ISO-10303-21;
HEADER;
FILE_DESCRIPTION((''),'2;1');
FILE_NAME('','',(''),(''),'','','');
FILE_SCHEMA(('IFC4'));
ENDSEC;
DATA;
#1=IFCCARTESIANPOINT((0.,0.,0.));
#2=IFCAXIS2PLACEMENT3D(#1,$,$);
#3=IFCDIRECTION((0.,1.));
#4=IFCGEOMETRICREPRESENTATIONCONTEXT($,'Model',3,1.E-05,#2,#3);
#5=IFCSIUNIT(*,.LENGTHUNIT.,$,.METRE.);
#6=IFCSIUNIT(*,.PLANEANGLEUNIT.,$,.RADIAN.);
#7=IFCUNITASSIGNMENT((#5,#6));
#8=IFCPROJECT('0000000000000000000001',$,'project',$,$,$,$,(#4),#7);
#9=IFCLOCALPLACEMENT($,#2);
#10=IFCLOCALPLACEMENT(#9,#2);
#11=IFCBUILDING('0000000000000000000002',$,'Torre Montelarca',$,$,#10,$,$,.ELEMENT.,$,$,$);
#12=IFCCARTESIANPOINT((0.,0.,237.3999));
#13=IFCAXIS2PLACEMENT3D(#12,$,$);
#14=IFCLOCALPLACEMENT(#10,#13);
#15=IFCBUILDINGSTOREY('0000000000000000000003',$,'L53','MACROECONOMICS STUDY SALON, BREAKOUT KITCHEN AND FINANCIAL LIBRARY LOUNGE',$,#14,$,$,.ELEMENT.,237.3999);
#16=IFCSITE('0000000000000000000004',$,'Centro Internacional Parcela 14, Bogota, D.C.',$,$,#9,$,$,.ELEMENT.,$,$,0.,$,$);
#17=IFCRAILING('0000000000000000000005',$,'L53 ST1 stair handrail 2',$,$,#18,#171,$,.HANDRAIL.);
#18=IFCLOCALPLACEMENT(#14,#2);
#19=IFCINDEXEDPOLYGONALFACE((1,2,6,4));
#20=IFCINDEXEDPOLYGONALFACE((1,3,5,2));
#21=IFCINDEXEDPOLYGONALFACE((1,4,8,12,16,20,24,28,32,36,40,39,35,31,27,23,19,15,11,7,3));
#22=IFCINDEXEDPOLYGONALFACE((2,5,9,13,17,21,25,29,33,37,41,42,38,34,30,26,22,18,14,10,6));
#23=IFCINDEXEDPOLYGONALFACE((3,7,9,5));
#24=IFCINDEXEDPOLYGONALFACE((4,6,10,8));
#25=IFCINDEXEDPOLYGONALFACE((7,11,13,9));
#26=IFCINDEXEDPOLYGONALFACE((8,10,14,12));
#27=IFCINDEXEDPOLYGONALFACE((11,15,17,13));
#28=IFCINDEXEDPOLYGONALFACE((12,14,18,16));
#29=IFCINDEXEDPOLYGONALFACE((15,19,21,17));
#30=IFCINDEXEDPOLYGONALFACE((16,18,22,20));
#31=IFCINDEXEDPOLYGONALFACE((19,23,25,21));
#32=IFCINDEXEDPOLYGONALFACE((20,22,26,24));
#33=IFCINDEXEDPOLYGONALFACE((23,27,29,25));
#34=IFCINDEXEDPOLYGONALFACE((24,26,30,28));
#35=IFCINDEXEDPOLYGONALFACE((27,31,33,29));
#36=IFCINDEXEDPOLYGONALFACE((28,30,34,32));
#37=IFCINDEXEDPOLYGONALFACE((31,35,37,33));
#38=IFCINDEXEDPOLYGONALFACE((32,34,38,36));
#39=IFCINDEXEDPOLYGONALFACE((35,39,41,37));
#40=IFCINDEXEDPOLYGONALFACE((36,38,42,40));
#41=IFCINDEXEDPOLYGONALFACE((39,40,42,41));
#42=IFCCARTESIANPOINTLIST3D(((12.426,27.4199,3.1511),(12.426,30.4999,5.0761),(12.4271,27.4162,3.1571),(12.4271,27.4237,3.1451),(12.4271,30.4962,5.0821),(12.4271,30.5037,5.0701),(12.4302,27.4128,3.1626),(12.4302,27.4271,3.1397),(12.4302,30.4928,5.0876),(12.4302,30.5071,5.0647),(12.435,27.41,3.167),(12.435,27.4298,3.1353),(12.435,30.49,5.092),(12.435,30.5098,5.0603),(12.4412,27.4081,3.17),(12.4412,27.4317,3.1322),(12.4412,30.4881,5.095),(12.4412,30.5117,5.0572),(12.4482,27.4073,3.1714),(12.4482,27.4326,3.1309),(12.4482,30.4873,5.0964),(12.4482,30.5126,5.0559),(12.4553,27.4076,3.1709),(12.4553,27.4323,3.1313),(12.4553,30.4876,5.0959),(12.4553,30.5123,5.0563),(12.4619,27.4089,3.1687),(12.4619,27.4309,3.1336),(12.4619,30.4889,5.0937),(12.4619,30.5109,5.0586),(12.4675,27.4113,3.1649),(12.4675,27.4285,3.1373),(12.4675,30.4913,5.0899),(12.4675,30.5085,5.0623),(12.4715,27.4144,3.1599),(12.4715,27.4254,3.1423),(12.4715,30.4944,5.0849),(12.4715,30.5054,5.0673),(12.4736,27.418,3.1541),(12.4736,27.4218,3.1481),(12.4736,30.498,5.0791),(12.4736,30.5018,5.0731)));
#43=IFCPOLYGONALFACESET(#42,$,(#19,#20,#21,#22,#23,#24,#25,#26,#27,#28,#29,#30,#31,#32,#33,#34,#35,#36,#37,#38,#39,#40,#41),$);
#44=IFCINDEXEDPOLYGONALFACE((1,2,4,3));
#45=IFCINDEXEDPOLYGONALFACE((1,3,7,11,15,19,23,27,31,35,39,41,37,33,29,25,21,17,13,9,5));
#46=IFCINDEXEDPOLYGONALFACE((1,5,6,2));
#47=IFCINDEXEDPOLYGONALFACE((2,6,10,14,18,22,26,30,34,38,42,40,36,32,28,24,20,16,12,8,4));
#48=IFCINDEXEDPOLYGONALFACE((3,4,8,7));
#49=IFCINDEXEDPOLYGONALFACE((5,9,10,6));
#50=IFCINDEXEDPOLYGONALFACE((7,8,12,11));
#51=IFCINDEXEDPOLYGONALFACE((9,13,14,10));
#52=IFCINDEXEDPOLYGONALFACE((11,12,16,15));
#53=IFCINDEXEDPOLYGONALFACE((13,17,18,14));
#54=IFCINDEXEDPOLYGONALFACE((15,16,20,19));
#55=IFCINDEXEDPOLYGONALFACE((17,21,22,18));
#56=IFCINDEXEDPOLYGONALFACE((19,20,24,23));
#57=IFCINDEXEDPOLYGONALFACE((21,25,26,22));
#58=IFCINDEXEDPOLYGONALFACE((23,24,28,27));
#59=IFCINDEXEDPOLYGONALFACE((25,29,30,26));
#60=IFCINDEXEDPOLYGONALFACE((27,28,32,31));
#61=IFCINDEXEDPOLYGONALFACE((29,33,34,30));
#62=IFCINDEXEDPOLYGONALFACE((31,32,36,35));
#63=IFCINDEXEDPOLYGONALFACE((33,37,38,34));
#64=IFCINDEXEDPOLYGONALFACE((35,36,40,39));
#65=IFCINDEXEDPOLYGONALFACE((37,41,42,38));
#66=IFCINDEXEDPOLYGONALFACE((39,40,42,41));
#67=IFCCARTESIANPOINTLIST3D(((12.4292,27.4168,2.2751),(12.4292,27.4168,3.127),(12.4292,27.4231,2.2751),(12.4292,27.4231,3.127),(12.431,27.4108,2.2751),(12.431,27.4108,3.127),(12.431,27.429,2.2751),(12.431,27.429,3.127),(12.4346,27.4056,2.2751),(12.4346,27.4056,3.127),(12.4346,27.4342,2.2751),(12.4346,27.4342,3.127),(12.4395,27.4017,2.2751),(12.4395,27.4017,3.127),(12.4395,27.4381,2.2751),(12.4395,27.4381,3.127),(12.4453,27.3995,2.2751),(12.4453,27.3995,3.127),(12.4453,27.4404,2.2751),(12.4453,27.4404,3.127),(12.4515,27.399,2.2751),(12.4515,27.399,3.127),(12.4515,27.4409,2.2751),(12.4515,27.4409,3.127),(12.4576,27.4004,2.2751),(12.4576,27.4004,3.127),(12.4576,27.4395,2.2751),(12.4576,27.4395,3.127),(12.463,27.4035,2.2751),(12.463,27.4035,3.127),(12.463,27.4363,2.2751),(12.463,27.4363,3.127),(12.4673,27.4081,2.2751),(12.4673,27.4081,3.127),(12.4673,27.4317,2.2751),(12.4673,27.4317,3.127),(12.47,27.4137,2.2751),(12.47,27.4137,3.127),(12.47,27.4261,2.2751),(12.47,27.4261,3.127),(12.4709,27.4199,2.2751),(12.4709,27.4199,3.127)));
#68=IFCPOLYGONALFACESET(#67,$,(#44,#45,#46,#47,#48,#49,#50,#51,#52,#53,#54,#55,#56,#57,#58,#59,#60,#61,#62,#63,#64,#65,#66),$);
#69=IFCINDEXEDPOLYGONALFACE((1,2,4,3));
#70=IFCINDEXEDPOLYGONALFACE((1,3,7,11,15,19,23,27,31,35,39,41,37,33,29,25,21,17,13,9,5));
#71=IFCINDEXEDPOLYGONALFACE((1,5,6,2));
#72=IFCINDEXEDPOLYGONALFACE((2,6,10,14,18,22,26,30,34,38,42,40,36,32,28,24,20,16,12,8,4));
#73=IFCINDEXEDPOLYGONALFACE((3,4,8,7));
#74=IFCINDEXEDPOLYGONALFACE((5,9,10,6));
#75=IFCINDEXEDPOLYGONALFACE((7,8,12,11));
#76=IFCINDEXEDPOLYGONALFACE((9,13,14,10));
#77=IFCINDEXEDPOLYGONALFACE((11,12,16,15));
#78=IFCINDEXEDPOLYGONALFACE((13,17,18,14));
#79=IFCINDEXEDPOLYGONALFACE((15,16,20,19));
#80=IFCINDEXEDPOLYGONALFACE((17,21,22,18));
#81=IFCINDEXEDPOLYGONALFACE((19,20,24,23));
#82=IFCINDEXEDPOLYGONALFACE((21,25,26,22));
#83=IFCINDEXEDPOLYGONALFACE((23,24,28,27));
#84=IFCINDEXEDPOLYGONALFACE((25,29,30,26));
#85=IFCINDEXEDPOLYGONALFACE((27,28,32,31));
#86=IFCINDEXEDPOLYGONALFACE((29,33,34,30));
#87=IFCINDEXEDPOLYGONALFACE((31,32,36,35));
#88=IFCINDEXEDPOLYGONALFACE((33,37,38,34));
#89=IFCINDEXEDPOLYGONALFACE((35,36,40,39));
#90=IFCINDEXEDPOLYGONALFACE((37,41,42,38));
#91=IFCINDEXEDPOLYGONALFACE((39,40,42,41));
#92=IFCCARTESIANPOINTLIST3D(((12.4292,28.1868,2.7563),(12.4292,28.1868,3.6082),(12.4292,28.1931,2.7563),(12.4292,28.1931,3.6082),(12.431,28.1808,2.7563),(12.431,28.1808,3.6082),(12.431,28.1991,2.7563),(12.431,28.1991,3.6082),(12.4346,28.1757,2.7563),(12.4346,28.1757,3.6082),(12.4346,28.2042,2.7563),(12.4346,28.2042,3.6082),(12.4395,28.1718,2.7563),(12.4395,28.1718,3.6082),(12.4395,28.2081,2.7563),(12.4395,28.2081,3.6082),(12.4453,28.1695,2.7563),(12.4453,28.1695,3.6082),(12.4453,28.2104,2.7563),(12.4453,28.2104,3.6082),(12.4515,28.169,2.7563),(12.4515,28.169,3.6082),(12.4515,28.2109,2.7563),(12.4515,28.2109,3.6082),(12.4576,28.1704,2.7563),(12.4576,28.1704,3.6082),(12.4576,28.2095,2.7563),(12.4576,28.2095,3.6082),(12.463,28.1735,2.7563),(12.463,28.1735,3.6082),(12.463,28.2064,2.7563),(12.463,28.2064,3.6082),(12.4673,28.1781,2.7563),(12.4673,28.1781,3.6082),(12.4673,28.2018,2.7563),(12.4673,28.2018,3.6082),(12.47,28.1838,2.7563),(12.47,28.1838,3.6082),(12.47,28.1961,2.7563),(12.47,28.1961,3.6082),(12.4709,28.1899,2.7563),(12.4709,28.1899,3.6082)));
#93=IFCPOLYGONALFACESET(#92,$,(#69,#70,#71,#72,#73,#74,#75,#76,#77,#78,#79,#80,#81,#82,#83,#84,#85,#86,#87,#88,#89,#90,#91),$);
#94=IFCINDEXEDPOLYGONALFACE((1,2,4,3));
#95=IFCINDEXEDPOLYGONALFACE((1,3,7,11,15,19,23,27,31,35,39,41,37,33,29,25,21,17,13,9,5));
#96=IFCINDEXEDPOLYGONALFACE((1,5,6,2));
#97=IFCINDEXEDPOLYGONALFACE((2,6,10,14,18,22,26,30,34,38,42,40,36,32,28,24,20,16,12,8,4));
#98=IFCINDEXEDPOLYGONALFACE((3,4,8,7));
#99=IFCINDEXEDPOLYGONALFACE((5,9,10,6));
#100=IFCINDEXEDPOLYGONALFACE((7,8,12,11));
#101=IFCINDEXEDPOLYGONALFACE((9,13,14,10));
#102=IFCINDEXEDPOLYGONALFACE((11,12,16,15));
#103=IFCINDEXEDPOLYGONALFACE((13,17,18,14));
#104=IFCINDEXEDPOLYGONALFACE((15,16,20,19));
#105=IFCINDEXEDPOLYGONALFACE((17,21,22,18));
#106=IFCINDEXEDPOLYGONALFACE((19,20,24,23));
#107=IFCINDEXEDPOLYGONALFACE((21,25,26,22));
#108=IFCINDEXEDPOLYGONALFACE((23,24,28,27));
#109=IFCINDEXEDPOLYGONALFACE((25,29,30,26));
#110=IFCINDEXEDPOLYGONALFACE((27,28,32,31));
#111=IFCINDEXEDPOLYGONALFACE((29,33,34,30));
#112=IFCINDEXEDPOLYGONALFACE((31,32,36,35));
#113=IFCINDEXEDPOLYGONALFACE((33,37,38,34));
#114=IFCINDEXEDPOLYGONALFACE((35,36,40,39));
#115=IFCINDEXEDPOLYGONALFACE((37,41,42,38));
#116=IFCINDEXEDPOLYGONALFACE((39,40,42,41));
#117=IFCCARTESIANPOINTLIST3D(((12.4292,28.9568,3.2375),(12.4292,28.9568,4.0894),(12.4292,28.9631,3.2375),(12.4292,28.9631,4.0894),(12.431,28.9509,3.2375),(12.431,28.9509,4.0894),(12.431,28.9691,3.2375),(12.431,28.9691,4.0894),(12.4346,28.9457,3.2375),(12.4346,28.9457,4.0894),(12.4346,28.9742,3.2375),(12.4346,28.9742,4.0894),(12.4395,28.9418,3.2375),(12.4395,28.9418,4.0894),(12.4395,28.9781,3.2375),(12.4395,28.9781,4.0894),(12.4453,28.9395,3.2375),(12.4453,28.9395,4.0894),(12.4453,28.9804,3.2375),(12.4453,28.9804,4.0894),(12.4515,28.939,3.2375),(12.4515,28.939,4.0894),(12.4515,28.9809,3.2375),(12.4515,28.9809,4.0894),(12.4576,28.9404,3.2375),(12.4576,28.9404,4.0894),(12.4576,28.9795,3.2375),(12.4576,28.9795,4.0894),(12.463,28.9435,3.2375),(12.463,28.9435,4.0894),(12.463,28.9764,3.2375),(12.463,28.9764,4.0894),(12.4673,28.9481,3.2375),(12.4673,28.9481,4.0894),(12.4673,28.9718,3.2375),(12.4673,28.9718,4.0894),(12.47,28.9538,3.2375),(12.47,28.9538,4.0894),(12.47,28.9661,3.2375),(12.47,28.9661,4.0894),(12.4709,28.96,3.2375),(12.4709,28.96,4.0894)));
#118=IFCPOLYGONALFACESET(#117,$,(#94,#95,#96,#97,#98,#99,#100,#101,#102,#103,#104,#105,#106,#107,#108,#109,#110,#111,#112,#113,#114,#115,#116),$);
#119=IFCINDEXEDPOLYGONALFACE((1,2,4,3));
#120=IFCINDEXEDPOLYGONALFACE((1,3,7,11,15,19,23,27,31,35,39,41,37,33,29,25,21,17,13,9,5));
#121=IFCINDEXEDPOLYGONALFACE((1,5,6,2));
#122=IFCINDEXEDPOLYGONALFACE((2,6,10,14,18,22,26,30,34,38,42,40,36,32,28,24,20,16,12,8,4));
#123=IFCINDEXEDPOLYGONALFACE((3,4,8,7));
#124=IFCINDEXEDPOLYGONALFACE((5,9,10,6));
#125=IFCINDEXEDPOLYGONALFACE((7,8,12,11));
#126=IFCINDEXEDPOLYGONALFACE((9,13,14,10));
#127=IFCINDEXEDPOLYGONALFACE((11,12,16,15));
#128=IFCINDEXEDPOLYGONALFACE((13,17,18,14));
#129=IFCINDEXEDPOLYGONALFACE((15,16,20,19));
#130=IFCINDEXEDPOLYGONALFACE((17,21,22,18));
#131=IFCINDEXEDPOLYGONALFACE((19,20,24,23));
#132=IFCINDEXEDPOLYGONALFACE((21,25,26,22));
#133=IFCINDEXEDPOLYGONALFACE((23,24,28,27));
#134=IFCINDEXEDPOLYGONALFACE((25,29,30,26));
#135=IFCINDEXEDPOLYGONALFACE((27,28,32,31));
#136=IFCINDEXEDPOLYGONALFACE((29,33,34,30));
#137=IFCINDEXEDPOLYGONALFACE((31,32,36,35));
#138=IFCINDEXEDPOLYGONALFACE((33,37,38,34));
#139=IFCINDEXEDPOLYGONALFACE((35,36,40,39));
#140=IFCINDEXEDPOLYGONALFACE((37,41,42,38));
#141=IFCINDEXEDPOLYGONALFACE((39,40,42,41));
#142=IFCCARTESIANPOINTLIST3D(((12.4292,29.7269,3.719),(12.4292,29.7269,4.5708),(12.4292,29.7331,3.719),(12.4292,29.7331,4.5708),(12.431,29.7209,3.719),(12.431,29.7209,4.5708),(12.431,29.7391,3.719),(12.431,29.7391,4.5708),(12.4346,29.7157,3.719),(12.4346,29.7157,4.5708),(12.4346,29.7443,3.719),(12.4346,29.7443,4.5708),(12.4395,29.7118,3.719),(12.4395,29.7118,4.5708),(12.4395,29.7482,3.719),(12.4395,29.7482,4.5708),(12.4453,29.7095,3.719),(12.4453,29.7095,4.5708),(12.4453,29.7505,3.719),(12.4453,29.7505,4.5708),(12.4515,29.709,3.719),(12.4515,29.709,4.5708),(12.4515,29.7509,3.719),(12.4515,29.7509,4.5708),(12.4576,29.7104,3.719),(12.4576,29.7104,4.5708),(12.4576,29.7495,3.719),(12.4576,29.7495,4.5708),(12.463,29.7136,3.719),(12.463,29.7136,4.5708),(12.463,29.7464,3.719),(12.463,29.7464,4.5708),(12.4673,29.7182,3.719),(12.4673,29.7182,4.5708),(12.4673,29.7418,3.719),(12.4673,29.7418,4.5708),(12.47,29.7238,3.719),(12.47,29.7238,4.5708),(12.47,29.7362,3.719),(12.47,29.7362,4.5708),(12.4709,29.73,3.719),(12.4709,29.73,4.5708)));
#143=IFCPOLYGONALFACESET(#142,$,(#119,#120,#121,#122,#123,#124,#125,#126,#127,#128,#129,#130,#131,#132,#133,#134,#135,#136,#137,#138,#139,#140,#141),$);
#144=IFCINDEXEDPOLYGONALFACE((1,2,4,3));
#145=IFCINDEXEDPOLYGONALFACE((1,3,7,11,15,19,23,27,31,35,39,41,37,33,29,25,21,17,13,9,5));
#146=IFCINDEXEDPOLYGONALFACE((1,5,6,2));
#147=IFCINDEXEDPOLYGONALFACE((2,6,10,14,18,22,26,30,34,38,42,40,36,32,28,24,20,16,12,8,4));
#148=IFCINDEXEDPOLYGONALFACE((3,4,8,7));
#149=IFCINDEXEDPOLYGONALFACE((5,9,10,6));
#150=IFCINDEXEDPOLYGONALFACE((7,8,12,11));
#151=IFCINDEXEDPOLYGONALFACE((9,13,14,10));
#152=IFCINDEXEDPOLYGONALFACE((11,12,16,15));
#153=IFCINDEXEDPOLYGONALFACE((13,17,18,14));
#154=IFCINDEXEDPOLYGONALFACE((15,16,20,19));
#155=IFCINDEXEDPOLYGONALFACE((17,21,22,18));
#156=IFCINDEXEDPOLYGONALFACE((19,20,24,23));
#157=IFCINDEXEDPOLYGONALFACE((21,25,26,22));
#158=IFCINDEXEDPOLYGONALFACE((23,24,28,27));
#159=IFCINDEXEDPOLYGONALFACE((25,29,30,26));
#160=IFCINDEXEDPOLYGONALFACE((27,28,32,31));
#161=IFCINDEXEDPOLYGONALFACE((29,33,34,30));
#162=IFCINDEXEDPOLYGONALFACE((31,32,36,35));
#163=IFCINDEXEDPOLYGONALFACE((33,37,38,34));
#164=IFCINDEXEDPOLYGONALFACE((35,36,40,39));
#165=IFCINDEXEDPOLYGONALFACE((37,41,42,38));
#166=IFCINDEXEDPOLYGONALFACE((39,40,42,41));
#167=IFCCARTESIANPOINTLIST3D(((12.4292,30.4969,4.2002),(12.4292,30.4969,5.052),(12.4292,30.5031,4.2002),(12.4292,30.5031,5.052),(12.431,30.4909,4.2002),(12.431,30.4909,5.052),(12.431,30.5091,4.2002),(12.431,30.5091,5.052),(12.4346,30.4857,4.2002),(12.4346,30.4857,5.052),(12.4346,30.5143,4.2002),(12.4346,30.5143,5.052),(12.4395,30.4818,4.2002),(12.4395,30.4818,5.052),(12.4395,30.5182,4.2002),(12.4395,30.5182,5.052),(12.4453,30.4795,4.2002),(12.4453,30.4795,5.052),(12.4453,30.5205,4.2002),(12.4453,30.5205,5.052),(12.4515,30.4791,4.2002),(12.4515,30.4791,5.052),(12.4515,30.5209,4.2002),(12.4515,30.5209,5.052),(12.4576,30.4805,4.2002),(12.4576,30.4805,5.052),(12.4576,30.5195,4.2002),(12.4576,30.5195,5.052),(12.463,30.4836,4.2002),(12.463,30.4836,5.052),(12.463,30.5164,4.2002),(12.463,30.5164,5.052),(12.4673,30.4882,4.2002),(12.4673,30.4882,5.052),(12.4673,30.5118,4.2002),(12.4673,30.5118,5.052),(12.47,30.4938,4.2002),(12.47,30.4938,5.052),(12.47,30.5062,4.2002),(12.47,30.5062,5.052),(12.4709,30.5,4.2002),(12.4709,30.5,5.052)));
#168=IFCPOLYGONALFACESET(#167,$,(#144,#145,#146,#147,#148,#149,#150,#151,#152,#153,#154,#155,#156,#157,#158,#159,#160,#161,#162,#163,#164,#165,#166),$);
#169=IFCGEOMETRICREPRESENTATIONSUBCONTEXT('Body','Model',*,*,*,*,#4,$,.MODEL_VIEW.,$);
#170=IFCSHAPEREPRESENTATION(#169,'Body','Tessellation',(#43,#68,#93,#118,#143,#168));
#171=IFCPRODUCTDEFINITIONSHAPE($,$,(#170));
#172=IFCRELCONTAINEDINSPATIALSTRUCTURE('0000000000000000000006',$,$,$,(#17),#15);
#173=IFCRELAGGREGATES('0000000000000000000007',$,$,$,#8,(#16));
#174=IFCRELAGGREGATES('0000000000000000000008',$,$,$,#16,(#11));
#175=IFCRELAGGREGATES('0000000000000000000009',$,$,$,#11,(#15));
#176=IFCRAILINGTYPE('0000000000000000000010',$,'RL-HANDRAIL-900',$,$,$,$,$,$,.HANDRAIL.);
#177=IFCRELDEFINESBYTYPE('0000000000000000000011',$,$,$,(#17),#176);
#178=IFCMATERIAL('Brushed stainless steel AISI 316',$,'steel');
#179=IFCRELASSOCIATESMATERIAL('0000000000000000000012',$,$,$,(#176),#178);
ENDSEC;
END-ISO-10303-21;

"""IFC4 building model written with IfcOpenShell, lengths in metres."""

from ifc_helpers import new_model, si_unit, direction, frame, origin, origin_2d, place, context, subcontext, project, spatial, circle, extrude, material, type_object, element, save


model = new_model("IFC4")

# Units and contexts
model_context = context("Model", 3, precision=1e-05, world=origin(), true_north=direction((0.0, 1.0)))
body_context = subcontext(model_context, "Body", "Model", "MODEL_VIEW")
ifc_project = project(units=[si_unit("LENGTHUNIT", "METRE"), si_unit("PLANEANGLEUNIT", "RADIAN")], contexts=[model_context])

# Site, building, storey
site_placement = place(None, origin())
site = spatial("IfcSite", under=ifc_project, at=site_placement, Name="Centro Internacional Parcela 14, Bogota, D.C.", CompositionType="ELEMENT", RefElevation=0.0)
building_placement = place(site_placement, origin())
building = spatial("IfcBuilding", under=site, at=building_placement, Name="Torre Montelarca", CompositionType="ELEMENT")
storey_placement = place(building_placement, frame((0.0, 0.0, 237.3999)))
storey = spatial("IfcBuildingStorey", under=building, at=storey_placement, Name="L53", Description="MACROECONOMICS STUDY SALON, BREAKOUT KITCHEN AND FINANCIAL LIBRARY LOUNGE", CompositionType="ELEMENT", Elevation=237.3999)

# Railing
ifc_material_1 = material(Name="Brushed stainless steel AISI 316", Category="steel")
railing_type_1 = type_object("IfcRailingType", Name="RL-HANDRAIL-900", PredefinedType="HANDRAIL", material=ifc_material_1)
railing_1_placement = place(storey_placement, frame((12.45, 27.4199, 2.2751)))
element("IfcRailing", 1, at=railing_1_placement, inside=storey, type_object=railing_type_1, Name="L53 ST1 stair handrail 2", PredefinedType="HANDRAIL", context=body_context, shape_type="SweptSolid", body=[
    extrude(circle(Radius=0.0239, at=origin_2d()), frame((0.0, 0.0, 0.876), z_axis=(0.0, 0.847998, 0.529999), x_axis=(-1.0, 0.0, 0.0)), (0.0, 0.0, 1.0), 3.6321),
    extrude(circle(Radius=0.021, at=origin_2d()), origin(), (0.0, 0.0, 1.0), 0.8518),
    extrude(circle(Radius=0.021, at=origin_2d()), frame((0.0, 0.77, 0.4812)), (0.0, 0.0, 1.0), 0.8518),
    extrude(circle(Radius=0.021, at=origin_2d()), frame((0.0, 1.54, 0.9624)), (0.0, 0.0, 1.0), 0.8518),
    extrude(circle(Radius=0.021, at=origin_2d()), frame((0.0, 2.3101, 1.4438)), (0.0, 0.0, 1.0), 0.8518),
    extrude(circle(Radius=0.021, at=origin_2d()), frame((0.0, 3.0801, 1.925)), (0.0, 0.0, 1.0), 0.8518),
])

save(model, "model.ifc")
